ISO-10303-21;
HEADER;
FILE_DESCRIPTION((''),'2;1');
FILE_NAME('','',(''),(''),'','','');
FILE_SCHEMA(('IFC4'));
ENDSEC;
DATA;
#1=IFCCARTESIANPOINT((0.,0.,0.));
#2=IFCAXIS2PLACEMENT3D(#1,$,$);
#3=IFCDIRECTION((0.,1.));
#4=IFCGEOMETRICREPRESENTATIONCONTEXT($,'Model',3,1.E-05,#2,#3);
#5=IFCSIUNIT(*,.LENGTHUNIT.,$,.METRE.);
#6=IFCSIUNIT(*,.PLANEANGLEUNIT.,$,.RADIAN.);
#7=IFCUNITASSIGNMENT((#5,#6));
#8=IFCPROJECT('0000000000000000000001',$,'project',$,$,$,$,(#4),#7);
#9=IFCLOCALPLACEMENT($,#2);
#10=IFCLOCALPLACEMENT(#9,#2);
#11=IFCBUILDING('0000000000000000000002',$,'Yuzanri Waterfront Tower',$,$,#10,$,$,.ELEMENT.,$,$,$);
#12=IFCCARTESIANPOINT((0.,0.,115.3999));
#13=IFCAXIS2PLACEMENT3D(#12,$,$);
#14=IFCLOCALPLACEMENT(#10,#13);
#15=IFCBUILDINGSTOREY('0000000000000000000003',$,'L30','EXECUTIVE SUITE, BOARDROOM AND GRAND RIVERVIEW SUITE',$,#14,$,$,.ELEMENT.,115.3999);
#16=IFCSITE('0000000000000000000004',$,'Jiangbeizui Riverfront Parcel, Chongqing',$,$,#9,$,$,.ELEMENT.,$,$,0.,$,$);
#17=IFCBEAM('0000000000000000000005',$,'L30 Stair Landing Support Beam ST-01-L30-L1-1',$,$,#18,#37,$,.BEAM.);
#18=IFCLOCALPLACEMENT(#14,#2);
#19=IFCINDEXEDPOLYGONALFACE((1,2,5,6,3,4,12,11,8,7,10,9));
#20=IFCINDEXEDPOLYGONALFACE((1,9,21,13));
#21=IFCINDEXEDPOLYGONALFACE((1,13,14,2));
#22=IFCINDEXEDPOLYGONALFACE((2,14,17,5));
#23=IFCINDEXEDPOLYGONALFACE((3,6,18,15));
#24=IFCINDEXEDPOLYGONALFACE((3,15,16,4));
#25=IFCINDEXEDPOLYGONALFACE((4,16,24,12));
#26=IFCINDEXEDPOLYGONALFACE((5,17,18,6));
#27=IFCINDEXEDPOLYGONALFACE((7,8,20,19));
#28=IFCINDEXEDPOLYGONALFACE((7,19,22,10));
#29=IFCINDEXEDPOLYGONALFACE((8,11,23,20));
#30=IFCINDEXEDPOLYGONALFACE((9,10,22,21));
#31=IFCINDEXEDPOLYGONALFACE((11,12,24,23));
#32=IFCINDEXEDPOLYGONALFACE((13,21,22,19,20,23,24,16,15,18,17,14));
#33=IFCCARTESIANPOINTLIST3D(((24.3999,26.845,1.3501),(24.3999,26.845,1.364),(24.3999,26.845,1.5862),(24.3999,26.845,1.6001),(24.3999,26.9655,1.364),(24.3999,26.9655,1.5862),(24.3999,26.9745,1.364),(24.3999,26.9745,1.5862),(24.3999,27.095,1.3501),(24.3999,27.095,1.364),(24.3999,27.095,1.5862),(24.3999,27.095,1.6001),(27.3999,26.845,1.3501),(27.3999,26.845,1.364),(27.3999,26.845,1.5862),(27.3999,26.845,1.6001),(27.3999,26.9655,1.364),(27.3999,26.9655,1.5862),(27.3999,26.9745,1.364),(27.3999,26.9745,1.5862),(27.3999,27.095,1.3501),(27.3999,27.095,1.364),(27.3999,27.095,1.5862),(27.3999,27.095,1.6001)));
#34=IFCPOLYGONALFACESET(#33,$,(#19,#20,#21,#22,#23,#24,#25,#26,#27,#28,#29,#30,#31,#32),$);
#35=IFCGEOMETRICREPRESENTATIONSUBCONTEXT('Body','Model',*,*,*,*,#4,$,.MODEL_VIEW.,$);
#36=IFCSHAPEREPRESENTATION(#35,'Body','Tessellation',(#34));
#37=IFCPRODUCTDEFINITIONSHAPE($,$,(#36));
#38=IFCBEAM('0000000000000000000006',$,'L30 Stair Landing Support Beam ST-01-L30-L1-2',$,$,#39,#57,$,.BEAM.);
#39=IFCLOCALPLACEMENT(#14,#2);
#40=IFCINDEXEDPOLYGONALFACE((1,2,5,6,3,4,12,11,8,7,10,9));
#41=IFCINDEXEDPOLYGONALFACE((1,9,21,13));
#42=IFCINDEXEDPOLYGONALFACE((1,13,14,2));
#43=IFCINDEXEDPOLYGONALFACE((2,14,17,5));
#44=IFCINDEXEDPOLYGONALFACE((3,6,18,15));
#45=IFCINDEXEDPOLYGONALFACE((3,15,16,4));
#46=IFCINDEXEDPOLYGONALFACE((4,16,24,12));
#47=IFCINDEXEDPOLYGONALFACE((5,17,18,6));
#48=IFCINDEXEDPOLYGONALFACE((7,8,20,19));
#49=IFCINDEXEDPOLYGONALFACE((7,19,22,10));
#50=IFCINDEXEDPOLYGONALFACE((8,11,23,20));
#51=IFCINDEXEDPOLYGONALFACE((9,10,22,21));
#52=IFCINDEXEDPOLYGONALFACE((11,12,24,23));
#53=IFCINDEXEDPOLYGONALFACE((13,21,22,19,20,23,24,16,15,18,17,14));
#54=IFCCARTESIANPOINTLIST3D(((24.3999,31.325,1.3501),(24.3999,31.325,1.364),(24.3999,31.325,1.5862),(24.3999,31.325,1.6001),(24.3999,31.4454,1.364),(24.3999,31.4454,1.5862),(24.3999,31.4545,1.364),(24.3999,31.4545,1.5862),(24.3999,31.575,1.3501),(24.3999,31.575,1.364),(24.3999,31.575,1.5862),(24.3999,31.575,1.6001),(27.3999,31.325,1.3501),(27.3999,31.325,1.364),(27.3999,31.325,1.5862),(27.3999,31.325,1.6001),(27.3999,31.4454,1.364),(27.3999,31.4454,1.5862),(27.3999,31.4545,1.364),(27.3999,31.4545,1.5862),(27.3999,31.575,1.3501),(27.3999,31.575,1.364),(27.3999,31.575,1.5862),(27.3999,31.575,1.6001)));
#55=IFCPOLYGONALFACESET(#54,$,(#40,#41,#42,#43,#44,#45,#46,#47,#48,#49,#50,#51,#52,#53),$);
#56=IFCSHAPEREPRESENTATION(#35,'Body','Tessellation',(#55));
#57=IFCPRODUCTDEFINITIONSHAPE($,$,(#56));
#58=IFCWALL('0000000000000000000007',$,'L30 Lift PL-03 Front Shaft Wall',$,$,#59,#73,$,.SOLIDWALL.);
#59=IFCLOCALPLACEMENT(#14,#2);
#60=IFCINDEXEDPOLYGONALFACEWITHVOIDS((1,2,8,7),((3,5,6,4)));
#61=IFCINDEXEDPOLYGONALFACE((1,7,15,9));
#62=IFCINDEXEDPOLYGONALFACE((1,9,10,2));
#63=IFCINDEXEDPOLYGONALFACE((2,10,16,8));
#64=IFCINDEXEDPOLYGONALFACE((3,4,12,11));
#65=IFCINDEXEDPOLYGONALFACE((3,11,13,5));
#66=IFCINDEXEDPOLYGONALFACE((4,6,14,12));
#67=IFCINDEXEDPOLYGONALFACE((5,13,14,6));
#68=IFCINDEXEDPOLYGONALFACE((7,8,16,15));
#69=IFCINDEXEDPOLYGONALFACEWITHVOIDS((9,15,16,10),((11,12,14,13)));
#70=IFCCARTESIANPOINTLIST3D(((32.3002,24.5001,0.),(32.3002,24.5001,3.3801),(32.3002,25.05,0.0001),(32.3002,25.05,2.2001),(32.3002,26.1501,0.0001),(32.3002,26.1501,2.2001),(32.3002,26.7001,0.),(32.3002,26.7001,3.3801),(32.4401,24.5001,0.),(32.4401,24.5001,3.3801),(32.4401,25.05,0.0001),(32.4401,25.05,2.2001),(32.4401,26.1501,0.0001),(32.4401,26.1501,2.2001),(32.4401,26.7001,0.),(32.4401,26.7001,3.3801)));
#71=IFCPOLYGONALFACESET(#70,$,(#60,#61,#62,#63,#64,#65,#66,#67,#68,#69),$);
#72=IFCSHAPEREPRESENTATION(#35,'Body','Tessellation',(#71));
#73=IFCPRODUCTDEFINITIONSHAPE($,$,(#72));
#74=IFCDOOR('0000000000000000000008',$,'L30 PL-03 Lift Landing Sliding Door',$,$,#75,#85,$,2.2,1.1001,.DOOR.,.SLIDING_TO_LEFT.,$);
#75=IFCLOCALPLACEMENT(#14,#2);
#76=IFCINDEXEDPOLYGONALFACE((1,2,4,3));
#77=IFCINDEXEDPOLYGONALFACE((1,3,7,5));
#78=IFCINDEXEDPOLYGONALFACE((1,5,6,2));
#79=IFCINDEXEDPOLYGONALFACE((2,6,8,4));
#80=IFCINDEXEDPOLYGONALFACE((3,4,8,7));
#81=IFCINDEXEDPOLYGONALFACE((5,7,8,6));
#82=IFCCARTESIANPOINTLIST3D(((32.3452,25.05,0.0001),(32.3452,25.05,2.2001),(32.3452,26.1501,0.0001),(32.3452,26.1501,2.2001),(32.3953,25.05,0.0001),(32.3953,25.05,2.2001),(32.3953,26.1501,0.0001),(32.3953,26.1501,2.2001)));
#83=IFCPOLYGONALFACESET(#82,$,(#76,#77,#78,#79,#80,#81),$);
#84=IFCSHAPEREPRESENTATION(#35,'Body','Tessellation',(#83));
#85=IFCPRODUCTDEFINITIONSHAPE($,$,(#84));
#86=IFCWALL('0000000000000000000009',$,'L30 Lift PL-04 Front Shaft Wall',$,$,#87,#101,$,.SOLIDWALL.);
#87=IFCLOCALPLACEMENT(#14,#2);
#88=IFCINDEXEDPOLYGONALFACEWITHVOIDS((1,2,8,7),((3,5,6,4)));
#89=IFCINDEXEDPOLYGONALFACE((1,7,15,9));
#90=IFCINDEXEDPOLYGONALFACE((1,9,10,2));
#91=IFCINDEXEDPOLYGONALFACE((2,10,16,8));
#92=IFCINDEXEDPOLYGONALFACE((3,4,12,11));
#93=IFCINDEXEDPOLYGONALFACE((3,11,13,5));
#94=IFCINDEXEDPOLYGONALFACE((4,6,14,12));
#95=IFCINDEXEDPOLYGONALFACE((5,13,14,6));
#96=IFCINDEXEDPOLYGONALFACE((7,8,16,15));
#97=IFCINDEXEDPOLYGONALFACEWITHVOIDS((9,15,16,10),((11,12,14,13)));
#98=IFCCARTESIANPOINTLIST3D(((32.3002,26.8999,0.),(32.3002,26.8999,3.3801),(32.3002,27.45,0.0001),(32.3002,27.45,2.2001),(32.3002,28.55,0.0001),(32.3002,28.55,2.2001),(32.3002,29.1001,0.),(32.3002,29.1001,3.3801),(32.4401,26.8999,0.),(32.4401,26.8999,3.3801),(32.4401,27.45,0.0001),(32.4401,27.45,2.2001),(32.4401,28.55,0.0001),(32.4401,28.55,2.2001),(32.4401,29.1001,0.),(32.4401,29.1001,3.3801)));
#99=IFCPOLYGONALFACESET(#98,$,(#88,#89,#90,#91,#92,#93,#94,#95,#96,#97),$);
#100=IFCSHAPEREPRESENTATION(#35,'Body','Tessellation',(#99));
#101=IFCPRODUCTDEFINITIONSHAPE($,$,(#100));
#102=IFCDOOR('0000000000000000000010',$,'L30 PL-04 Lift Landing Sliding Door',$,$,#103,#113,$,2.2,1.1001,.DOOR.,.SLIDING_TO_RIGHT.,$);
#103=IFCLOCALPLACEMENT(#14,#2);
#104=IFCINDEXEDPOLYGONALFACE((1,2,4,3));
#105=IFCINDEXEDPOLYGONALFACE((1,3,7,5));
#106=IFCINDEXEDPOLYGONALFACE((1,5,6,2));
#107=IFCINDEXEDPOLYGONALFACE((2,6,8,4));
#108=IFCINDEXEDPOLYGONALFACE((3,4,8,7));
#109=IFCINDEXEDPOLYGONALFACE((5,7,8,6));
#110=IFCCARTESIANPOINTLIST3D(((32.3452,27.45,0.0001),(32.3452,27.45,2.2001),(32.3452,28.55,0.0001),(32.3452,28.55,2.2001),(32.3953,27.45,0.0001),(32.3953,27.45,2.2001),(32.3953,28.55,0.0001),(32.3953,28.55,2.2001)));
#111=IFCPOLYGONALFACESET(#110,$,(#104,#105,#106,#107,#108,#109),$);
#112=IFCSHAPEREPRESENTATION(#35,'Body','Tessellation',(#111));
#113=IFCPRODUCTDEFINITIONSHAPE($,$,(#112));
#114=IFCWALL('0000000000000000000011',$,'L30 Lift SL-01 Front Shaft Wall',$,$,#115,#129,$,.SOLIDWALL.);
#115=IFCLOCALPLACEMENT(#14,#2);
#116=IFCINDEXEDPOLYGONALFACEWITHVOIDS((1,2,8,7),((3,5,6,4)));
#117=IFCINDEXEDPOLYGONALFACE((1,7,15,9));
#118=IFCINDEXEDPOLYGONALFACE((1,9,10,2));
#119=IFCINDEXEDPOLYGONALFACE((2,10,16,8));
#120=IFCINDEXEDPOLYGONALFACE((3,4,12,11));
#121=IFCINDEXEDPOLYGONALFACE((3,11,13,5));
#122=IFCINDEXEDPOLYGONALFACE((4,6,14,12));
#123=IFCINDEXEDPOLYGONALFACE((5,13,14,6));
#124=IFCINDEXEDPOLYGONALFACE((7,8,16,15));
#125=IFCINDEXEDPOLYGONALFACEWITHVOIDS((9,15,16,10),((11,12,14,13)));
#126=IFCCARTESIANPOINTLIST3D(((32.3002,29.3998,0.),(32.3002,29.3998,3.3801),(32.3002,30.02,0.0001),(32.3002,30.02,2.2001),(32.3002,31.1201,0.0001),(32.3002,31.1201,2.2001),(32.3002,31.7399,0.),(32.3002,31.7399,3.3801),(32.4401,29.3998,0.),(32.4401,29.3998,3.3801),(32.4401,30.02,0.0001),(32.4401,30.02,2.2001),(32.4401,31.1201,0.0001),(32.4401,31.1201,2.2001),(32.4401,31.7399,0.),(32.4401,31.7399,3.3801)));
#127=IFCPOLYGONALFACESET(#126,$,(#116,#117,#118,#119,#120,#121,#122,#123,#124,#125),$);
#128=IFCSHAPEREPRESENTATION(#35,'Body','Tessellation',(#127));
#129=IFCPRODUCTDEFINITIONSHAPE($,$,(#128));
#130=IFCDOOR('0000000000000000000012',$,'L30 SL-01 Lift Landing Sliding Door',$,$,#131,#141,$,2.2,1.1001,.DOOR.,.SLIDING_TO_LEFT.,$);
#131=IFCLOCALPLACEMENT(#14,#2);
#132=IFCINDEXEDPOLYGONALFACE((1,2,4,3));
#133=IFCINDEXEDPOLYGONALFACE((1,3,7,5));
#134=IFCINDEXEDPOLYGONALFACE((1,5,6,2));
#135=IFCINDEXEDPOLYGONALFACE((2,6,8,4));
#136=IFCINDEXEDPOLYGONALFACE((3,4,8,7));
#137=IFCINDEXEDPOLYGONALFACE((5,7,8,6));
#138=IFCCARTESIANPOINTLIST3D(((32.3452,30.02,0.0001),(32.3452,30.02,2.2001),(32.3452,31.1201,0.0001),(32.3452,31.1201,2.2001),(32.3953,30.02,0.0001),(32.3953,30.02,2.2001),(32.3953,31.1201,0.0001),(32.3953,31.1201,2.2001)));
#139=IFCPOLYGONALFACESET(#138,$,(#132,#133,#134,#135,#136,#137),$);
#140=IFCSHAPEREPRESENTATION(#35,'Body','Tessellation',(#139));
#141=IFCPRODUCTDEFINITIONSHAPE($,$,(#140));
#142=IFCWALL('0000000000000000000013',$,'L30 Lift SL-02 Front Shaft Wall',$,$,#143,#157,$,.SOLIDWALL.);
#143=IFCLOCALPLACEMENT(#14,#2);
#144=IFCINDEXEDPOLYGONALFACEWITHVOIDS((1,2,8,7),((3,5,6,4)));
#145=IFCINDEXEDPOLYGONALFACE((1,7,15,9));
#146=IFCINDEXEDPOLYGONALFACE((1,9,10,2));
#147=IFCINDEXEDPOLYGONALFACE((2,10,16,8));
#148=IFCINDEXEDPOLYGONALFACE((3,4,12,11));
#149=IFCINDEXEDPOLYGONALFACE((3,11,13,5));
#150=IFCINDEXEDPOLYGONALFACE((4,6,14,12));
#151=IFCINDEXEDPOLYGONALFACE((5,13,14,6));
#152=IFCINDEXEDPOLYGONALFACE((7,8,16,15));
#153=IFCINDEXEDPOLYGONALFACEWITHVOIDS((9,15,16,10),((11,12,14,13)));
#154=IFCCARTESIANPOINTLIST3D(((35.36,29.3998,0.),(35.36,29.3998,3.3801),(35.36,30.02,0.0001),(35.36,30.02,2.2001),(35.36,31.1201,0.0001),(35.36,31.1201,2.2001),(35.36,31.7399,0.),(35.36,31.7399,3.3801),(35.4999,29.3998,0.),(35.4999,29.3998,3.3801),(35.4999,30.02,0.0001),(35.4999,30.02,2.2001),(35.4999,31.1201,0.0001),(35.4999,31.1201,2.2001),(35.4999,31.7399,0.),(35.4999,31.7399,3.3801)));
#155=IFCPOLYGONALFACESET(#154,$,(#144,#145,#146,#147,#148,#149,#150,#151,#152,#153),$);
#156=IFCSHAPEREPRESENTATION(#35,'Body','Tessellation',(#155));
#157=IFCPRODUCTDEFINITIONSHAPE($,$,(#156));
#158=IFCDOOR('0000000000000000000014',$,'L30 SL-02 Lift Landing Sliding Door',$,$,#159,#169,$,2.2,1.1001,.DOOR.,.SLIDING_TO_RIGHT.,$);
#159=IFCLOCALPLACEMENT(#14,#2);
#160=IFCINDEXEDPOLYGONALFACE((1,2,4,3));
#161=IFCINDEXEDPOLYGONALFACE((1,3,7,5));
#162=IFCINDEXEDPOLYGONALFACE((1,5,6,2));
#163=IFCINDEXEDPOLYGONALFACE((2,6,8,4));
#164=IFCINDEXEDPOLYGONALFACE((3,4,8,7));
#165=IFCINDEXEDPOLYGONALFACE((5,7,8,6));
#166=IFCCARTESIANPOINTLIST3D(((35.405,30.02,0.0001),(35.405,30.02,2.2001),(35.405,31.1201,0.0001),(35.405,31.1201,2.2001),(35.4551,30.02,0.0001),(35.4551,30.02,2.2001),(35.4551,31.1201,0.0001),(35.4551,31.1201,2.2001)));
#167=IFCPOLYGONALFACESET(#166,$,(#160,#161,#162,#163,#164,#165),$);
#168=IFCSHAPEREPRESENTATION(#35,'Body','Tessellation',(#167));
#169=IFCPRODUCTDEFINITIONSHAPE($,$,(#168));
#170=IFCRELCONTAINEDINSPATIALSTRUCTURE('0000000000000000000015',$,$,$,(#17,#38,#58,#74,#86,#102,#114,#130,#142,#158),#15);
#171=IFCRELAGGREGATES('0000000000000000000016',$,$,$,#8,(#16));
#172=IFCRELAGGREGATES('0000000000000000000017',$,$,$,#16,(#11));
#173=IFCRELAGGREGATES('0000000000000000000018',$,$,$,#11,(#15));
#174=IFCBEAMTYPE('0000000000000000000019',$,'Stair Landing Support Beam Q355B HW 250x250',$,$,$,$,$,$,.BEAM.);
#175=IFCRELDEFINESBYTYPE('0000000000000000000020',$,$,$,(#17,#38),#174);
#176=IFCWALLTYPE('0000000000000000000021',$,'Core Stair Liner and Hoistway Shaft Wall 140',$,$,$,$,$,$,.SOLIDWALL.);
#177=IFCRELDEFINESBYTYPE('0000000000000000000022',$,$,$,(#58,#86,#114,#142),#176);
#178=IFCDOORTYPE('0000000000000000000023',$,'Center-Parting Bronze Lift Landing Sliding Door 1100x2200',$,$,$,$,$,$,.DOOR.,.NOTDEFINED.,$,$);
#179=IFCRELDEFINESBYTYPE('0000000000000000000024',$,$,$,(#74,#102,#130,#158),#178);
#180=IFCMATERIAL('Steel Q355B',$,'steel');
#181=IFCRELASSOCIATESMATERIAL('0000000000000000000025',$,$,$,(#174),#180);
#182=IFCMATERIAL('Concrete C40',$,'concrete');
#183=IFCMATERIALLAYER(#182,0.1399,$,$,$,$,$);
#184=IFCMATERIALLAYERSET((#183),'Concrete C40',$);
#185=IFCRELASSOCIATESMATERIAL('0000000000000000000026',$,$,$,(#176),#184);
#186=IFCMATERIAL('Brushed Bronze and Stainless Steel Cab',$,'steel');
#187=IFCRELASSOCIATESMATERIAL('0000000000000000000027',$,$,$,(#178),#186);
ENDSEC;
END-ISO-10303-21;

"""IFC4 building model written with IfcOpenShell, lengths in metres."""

from ifc_helpers import new_model, si_unit, direction, frame, frame_2d, origin, origin_2d, place, context, subcontext, project, spatial, rectangle, i_section, extrude, source, transform, mapped, material, layer, layer_set, material_profile, profile_set, type_object, element, fill, save


model = new_model("IFC4")

# Units and contexts
model_context = context("Model", 3, precision=1e-05, world=origin(), true_north=direction((0.0, 1.0)))
body_context = subcontext(model_context, "Body", "Model", "MODEL_VIEW")
ifc_project = project(units=[si_unit("LENGTHUNIT", "METRE"), si_unit("PLANEANGLEUNIT", "RADIAN")], contexts=[model_context])

# Site, building, storey
site_placement = place(None, origin())
site = spatial("IfcSite", under=ifc_project, at=site_placement, Name="Jiangbeizui Riverfront Parcel, Chongqing", CompositionType="ELEMENT", RefElevation=0.0)
building_placement = place(site_placement, origin())
building = spatial("IfcBuilding", under=site, at=building_placement, Name="Yuzanri Waterfront Tower", CompositionType="ELEMENT")
storey_placement = place(building_placement, frame((0.0, 0.0, 115.3999)))
storey = spatial("IfcBuildingStorey", under=building, at=storey_placement, Name="L30", Description="EXECUTIVE SUITE, BOARDROOM AND GRAND RIVERVIEW SUITE", CompositionType="ELEMENT", Elevation=115.3999)

# Beams
ifc_material_1 = material(Name="Steel Q355B", Category="steel")
ifc_material_profile = material_profile(ifc_material_1, i_section(OverallWidth=0.25, OverallDepth=0.25, WebThickness=0.009, FlangeThickness=0.0139, at=origin_2d()), Name="HW 250x250x9x14")
ifc_profile_set = profile_set([ifc_material_profile], Name="Steel Q355B")
beam_type = type_object("IfcBeamType", Name="Stair Landing Support Beam Q355B HW 250x250", PredefinedType="BEAM", material=ifc_profile_set)
shared_shape_1 = source(origin(), body_context, "Body", "SweptSolid", [
    extrude(i_section(OverallWidth=0.25, OverallDepth=0.25, WebThickness=0.009, FlangeThickness=0.0139, at=origin_2d()), origin(), (0.0, 0.0, 1.0), 3.0),
])
for number, where, z_axis, x_axis, name in (
    (1, (24.3999, 26.97, 1.4751), (1.0, 0.0, 0.0), (0.0, 1.0, 0.0), "L30 Stair Landing Support Beam ST-01-L30-L1-1"),
    (2, (24.3999, 31.45, 1.4751), (1.0, 0.0, 0.0), (0.0, 1.0, 0.0), "L30 Stair Landing Support Beam ST-01-L30-L1-2"),
):
    element("IfcBeam", number, at=place(storey_placement, frame(where, z_axis=z_axis, x_axis=x_axis)), inside=storey, type_object=beam_type, Name=name, PredefinedType="BEAM", context=body_context, shape_type="MappedRepresentation", body=[
        mapped(shared_shape_1, transform((0.0, 0.0, 0.0), scale=1.0)),
    ])

# Walls, openings, doors
ifc_material_2 = material(Name="Concrete C40", Category="concrete")
ifc_layer_1 = layer(ifc_material_2, 0.1399)
ifc_layer_set_1 = layer_set([ifc_layer_1], Name="Concrete C40")
wall_type_1 = type_object("IfcWallType", Name="Core Stair Liner and Hoistway Shaft Wall 140", PredefinedType="SOLIDWALL", material=ifc_layer_set_1)
wall_1_placement = place(storey_placement, frame((32.3701, 24.5, 0.0), z_axis=(0.0, 0.0, 1.0), x_axis=(0.0, 1.0, 0.0)))
wall_1 = element("IfcWall", 3, at=wall_1_placement, inside=storey, type_object=wall_type_1, Name="L30 Lift PL-03 Front Shaft Wall", PredefinedType="SOLIDWALL", context=body_context, shape_type="SweptSolid", body=[
    extrude(rectangle(XDim=2.2, YDim=0.1399, at=frame_2d((1.1001, 0.0))), origin(), (0.0, 0.0, 1.0), 3.3801),
])
opening_1_placement = place(wall_1_placement, frame((0.55, 0.0, 0.0)))
opening_1 = element("IfcOpeningElement", 4, at=opening_1_placement, cuts=wall_1, PredefinedType="OPENING", context=body_context, shape_type="SweptSolid", body=[
    extrude(rectangle(XDim=1.1001, YDim=2.2, at=frame_2d((0.55, 1.1001))), frame((0.0, 0.085, 0.0), z_axis=(0.0, -1.0, 0.0), x_axis=(1.0, 0.0, 0.0)), (0.0, 0.0, 1.0), 0.1697),
])
ifc_material_3 = material(Name="Brushed Bronze and Stainless Steel Cab", Category="steel")
door_type_1 = type_object("IfcDoorType", Name="Center-Parting Bronze Lift Landing Sliding Door 1100x2200", OperationType="NOTDEFINED", PredefinedType="DOOR", material=ifc_material_3)
shared_shape_2 = source(origin(), body_context, "Body", "SweptSolid", [
    extrude(rectangle(XDim=1.1001, YDim=2.2, at=frame_2d((0.55, 1.1001))), frame((0.0, 0.0249, 0.0), z_axis=(0.0, -1.0, 0.0), x_axis=(1.0, 0.0, 0.0)), (0.0, 0.0, 1.0), 0.05),
])
door_1_placement = place(opening_1_placement, origin())
door_1 = element("IfcDoor", 5, at=door_1_placement, inside=storey, type_object=door_type_1, Name="L30 PL-03 Lift Landing Sliding Door", OperationType="SLIDING_TO_LEFT", OverallHeight=2.2, OverallWidth=1.1001, PredefinedType="DOOR", context=body_context, shape_type="MappedRepresentation", body=[
    mapped(shared_shape_2, transform((0.0, 0.0, 0.0), scale=1.0)),
])
fill(opening_1, door_1)
wall_2_placement = place(storey_placement, frame((32.3701, 26.8999, 0.0), z_axis=(0.0, 0.0, 1.0), x_axis=(0.0, 1.0, 0.0)))
wall_2 = element("IfcWall", 6, at=wall_2_placement, inside=storey, type_object=wall_type_1, Name="L30 Lift PL-04 Front Shaft Wall", PredefinedType="SOLIDWALL", context=body_context, shape_type="SweptSolid", body=[
    extrude(rectangle(XDim=2.2002, YDim=0.1399, at=frame_2d((1.1001, 0.0))), origin(), (0.0, 0.0, 1.0), 3.3801),
])
opening_2_placement = place(wall_2_placement, frame((0.55, 0.0, 0.0)))
opening_2 = element("IfcOpeningElement", 7, at=opening_2_placement, cuts=wall_2, PredefinedType="OPENING", context=body_context, shape_type="SweptSolid", body=[
    extrude(rectangle(XDim=1.1001, YDim=2.2, at=frame_2d((0.55, 1.1001))), frame((0.0, 0.085, 0.0), z_axis=(0.0, -1.0, 0.0), x_axis=(1.0, 0.0, 0.0)), (0.0, 0.0, 1.0), 0.1697),
])
door_2_placement = place(opening_2_placement, origin())
door_2 = element("IfcDoor", 8, at=door_2_placement, inside=storey, type_object=door_type_1, Name="L30 PL-04 Lift Landing Sliding Door", OperationType="SLIDING_TO_RIGHT", OverallHeight=2.2, OverallWidth=1.1001, PredefinedType="DOOR", context=body_context, shape_type="MappedRepresentation", body=[
    mapped(shared_shape_2, transform((0.0, 0.0, 0.0), scale=1.0)),
])
fill(opening_2, door_2)
wall_3_placement = place(storey_placement, frame((32.3701, 29.3999, 0.0), z_axis=(0.0, 0.0, 1.0), x_axis=(0.0, 1.0, 0.0)))
wall_3 = element("IfcWall", 9, at=wall_3_placement, inside=storey, type_object=wall_type_1, Name="L30 Lift SL-01 Front Shaft Wall", PredefinedType="SOLIDWALL", context=body_context, shape_type="SweptSolid", body=[
    extrude(rectangle(XDim=2.3401, YDim=0.1399, at=frame_2d((1.1699, 0.0))), origin(), (0.0, 0.0, 1.0), 3.3801),
])
opening_3_placement = place(wall_3_placement, frame((0.6201, 0.0, 0.0)))
opening_3 = element("IfcOpeningElement", 10, at=opening_3_placement, cuts=wall_3, PredefinedType="OPENING", context=body_context, shape_type="SweptSolid", body=[
    extrude(rectangle(XDim=1.1001, YDim=2.2, at=frame_2d((0.55, 1.1001))), frame((0.0, 0.085, 0.0), z_axis=(0.0, -1.0, 0.0), x_axis=(1.0, 0.0, 0.0)), (0.0, 0.0, 1.0), 0.1697),
])
door_3_placement = place(opening_3_placement, origin())
door_3 = element("IfcDoor", 11, at=door_3_placement, inside=storey, type_object=door_type_1, Name="L30 SL-01 Lift Landing Sliding Door", OperationType="SLIDING_TO_LEFT", OverallHeight=2.2, OverallWidth=1.1001, PredefinedType="DOOR", context=body_context, shape_type="MappedRepresentation", body=[
    mapped(shared_shape_2, transform((0.0, 0.0, 0.0), scale=1.0)),
])
fill(opening_3, door_3)
wall_4_placement = place(storey_placement, frame((35.4299, 29.3999, 0.0), z_axis=(0.0, 0.0, 1.0), x_axis=(0.0, 1.0, 0.0)))
wall_4 = element("IfcWall", 12, at=wall_4_placement, inside=storey, type_object=wall_type_1, Name="L30 Lift SL-02 Front Shaft Wall", PredefinedType="SOLIDWALL", context=body_context, shape_type="SweptSolid", body=[
    extrude(rectangle(XDim=2.3401, YDim=0.1399, at=frame_2d((1.1699, 0.0))), origin(), (0.0, 0.0, 1.0), 3.3801),
])
opening_4_placement = place(wall_4_placement, frame((0.6201, 0.0, 0.0)))
opening_4 = element("IfcOpeningElement", 13, at=opening_4_placement, cuts=wall_4, PredefinedType="OPENING", context=body_context, shape_type="SweptSolid", body=[
    extrude(rectangle(XDim=1.1001, YDim=2.2, at=frame_2d((0.55, 1.1001))), frame((0.0, 0.085, 0.0), z_axis=(0.0, -1.0, 0.0), x_axis=(1.0, 0.0, 0.0)), (0.0, 0.0, 1.0), 0.1697),
])
door_4_placement = place(opening_4_placement, origin())
door_4 = element("IfcDoor", 14, at=door_4_placement, inside=storey, type_object=door_type_1, Name="L30 SL-02 Lift Landing Sliding Door", OperationType="SLIDING_TO_RIGHT", OverallHeight=2.2, OverallWidth=1.1001, PredefinedType="DOOR", context=body_context, shape_type="MappedRepresentation", body=[
    mapped(shared_shape_2, transform((0.0, 0.0, 0.0), scale=1.0)),
])
fill(opening_4, door_4)

save(model, "model.ifc")
